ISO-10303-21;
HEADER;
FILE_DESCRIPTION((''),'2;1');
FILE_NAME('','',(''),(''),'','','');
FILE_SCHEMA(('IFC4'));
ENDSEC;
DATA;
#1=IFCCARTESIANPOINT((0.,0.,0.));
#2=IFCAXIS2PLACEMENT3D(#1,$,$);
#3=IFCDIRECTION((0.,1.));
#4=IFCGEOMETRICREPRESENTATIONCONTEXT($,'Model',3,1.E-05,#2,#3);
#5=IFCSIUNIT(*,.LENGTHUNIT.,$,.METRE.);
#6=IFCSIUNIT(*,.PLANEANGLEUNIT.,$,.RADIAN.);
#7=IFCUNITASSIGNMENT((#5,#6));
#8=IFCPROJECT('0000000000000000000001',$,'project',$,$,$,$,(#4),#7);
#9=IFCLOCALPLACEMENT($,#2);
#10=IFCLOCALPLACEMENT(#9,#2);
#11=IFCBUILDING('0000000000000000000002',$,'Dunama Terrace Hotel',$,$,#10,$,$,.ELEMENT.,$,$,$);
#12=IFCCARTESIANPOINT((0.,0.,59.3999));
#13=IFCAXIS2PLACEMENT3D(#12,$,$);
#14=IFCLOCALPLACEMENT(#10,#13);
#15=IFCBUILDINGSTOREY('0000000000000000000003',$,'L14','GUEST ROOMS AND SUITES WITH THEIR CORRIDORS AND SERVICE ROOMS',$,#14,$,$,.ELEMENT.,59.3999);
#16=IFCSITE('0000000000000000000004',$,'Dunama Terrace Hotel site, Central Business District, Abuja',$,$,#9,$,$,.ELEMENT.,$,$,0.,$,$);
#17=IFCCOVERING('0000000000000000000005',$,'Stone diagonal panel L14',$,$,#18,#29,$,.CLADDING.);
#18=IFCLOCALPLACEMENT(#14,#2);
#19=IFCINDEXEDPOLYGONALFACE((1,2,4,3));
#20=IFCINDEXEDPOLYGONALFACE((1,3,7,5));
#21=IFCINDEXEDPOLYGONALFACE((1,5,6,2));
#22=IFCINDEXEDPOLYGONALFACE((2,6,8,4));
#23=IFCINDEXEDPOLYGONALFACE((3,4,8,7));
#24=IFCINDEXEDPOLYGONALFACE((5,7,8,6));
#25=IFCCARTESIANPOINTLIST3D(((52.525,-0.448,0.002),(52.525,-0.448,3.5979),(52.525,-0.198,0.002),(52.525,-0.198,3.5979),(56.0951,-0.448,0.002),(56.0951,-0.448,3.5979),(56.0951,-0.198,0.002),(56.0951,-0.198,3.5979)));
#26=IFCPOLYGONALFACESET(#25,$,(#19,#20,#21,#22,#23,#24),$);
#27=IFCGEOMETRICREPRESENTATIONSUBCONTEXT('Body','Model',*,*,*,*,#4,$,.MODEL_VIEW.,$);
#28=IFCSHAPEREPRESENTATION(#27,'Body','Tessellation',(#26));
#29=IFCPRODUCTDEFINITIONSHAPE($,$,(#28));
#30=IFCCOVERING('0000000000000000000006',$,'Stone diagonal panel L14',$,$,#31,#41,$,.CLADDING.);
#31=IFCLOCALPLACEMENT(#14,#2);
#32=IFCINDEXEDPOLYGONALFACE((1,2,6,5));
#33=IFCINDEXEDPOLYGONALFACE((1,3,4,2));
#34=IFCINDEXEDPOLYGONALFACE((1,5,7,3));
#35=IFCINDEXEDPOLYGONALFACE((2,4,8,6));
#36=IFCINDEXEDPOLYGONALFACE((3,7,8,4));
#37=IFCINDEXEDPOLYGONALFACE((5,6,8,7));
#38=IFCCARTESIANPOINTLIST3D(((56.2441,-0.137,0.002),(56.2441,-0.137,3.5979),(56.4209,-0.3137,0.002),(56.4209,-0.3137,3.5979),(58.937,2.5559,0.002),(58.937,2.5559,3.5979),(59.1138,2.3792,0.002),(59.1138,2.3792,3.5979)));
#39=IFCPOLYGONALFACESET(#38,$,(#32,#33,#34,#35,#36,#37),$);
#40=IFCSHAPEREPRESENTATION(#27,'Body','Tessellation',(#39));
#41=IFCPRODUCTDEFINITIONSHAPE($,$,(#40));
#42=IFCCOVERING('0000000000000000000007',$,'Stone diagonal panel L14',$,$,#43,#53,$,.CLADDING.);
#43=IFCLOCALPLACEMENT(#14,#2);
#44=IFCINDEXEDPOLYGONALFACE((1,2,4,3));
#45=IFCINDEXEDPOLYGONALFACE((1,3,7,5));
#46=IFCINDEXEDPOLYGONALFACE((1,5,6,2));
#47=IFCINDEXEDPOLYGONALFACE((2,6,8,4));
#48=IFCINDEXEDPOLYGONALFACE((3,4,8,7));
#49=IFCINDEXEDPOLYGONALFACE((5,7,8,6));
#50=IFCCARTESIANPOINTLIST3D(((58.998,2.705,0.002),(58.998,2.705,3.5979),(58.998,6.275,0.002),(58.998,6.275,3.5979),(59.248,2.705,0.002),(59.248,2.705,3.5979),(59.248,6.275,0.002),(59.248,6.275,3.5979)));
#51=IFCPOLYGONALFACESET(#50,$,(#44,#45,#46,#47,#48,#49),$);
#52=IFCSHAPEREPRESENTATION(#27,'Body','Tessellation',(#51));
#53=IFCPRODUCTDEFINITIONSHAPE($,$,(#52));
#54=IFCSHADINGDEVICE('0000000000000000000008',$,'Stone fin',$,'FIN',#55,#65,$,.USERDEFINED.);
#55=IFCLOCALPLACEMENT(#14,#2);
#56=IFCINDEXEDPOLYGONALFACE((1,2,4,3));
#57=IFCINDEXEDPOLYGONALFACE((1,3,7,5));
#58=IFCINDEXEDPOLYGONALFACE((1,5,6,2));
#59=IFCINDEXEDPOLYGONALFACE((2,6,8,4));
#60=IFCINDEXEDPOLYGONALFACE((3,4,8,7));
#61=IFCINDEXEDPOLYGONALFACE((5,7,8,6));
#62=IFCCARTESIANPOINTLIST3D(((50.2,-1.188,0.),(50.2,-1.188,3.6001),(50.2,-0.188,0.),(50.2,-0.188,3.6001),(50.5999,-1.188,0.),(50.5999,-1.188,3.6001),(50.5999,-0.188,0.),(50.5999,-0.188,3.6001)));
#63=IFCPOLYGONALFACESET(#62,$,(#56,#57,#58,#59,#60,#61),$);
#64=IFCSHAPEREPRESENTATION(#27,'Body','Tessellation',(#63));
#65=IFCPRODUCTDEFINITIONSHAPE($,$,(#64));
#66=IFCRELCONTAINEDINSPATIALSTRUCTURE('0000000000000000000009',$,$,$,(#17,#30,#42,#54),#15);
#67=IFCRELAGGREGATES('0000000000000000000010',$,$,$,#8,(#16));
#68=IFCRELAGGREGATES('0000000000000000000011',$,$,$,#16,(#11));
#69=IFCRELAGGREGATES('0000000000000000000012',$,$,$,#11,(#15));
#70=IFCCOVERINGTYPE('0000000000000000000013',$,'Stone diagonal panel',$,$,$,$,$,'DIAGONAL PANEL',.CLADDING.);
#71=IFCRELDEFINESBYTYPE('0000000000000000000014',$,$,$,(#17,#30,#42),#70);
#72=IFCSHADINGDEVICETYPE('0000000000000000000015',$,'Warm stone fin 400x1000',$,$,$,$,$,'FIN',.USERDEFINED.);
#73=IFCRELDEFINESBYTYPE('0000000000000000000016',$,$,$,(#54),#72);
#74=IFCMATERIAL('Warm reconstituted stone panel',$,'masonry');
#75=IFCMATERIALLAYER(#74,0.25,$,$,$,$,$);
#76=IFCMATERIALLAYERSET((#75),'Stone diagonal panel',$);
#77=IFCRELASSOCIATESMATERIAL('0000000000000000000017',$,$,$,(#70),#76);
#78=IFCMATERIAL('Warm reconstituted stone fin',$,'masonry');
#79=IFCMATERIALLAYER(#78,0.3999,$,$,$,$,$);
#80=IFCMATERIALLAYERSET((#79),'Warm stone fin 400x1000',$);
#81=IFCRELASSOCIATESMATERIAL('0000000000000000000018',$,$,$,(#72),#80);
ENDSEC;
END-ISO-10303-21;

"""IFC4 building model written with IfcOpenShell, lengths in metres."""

from ifc_helpers import new_model, si_unit, direction, frame, origin, origin_2d, place, context, subcontext, project, spatial, rectangle, extrude, material, layer, layer_set, type_object, element, save


model = new_model("IFC4")

# Units and contexts
model_context = context("Model", 3, precision=1e-05, world=origin(), true_north=direction((0.0, 1.0)))
body_context = subcontext(model_context, "Body", "Model", "MODEL_VIEW")
ifc_project = project(units=[si_unit("LENGTHUNIT", "METRE"), si_unit("PLANEANGLEUNIT", "RADIAN")], contexts=[model_context])

# Site, building, storey
site_placement = place(None, origin())
site = spatial("IfcSite", under=ifc_project, at=site_placement, Name="Dunama Terrace Hotel site, Central Business District, Abuja", CompositionType="ELEMENT", RefElevation=0.0)
building_placement = place(site_placement, origin())
building = spatial("IfcBuilding", under=site, at=building_placement, Name="Dunama Terrace Hotel", CompositionType="ELEMENT")
storey_placement = place(building_placement, frame((0.0, 0.0, 59.3999)))
storey = spatial("IfcBuildingStorey", under=building, at=storey_placement, Name="L14", Description="GUEST ROOMS AND SUITES WITH THEIR CORRIDORS AND SERVICE ROOMS", CompositionType="ELEMENT", Elevation=59.3999)

# Coverings
ifc_material_1 = material(Name="Warm reconstituted stone panel", Category="masonry")
ifc_layer_1 = layer(ifc_material_1, 0.25)
ifc_layer_set_1 = layer_set([ifc_layer_1], Name="Stone diagonal panel")
covering_type = type_object("IfcCoveringType", Name="Stone diagonal panel", ElementType="DIAGONAL PANEL", PredefinedType="CLADDING", material=ifc_layer_set_1)
covering_1_placement = place(storey_placement, frame((54.3101, -0.323, 0.002), z_axis=(0.0, 0.0, 1.0), x_axis=(1.0, 0.0, 0.0)))
element("IfcCovering", 1, at=covering_1_placement, inside=storey, type_object=covering_type, Name="Stone diagonal panel L14", PredefinedType="CLADDING", context=body_context, shape_type="SweptSolid", body=[
    extrude(rectangle(XDim=3.5701, YDim=0.25, at=origin_2d()), origin(), (0.0, 0.0, 1.0), 3.5959),
])
covering_2_placement = place(storey_placement, frame((57.679, 1.1211, 0.002), z_axis=(0.0, 0.0, 1.0), x_axis=(0.707107, 0.707107, 0.0)))
element("IfcCovering", 2, at=covering_2_placement, inside=storey, type_object=covering_type, Name="Stone diagonal panel L14", PredefinedType="CLADDING", context=body_context, shape_type="SweptSolid", body=[
    extrude(rectangle(XDim=3.8083, YDim=0.25, at=origin_2d()), origin(), (0.0, 0.0, 1.0), 3.5959),
])
covering_3_placement = place(storey_placement, frame((59.123, 4.49, 0.002), z_axis=(0.0, 0.0, 1.0), x_axis=(0.0, 1.0, 0.0)))
element("IfcCovering", 3, at=covering_3_placement, inside=storey, type_object=covering_type, Name="Stone diagonal panel L14", PredefinedType="CLADDING", context=body_context, shape_type="SweptSolid", body=[
    extrude(rectangle(XDim=3.5701, YDim=0.25, at=origin_2d()), origin(), (0.0, 0.0, 1.0), 3.5959),
])

# Shading device
ifc_material_2 = material(Name="Warm reconstituted stone fin", Category="masonry")
ifc_layer_2 = layer(ifc_material_2, 0.3999)
ifc_layer_set_2 = layer_set([ifc_layer_2], Name="Warm stone fin 400x1000")
shading_device_type = type_object("IfcShadingDeviceType", Name="Warm stone fin 400x1000", ElementType="FIN", PredefinedType="USERDEFINED", material=ifc_layer_set_2)
shading_device_placement = place(storey_placement, frame((50.3999, -0.688, 0.0), z_axis=(0.0, 0.0, 1.0), x_axis=(1.0, 0.0, 0.0)))
element("IfcShadingDevice", 4, at=shading_device_placement, inside=storey, type_object=shading_device_type, Name="Stone fin", ObjectType="FIN", PredefinedType="USERDEFINED", context=body_context, shape_type="SweptSolid", body=[
    extrude(rectangle(XDim=0.3999, YDim=1.0, at=origin_2d()), origin(), (0.0, 0.0, 1.0), 3.6001),
])

save(model, "model.ifc")
